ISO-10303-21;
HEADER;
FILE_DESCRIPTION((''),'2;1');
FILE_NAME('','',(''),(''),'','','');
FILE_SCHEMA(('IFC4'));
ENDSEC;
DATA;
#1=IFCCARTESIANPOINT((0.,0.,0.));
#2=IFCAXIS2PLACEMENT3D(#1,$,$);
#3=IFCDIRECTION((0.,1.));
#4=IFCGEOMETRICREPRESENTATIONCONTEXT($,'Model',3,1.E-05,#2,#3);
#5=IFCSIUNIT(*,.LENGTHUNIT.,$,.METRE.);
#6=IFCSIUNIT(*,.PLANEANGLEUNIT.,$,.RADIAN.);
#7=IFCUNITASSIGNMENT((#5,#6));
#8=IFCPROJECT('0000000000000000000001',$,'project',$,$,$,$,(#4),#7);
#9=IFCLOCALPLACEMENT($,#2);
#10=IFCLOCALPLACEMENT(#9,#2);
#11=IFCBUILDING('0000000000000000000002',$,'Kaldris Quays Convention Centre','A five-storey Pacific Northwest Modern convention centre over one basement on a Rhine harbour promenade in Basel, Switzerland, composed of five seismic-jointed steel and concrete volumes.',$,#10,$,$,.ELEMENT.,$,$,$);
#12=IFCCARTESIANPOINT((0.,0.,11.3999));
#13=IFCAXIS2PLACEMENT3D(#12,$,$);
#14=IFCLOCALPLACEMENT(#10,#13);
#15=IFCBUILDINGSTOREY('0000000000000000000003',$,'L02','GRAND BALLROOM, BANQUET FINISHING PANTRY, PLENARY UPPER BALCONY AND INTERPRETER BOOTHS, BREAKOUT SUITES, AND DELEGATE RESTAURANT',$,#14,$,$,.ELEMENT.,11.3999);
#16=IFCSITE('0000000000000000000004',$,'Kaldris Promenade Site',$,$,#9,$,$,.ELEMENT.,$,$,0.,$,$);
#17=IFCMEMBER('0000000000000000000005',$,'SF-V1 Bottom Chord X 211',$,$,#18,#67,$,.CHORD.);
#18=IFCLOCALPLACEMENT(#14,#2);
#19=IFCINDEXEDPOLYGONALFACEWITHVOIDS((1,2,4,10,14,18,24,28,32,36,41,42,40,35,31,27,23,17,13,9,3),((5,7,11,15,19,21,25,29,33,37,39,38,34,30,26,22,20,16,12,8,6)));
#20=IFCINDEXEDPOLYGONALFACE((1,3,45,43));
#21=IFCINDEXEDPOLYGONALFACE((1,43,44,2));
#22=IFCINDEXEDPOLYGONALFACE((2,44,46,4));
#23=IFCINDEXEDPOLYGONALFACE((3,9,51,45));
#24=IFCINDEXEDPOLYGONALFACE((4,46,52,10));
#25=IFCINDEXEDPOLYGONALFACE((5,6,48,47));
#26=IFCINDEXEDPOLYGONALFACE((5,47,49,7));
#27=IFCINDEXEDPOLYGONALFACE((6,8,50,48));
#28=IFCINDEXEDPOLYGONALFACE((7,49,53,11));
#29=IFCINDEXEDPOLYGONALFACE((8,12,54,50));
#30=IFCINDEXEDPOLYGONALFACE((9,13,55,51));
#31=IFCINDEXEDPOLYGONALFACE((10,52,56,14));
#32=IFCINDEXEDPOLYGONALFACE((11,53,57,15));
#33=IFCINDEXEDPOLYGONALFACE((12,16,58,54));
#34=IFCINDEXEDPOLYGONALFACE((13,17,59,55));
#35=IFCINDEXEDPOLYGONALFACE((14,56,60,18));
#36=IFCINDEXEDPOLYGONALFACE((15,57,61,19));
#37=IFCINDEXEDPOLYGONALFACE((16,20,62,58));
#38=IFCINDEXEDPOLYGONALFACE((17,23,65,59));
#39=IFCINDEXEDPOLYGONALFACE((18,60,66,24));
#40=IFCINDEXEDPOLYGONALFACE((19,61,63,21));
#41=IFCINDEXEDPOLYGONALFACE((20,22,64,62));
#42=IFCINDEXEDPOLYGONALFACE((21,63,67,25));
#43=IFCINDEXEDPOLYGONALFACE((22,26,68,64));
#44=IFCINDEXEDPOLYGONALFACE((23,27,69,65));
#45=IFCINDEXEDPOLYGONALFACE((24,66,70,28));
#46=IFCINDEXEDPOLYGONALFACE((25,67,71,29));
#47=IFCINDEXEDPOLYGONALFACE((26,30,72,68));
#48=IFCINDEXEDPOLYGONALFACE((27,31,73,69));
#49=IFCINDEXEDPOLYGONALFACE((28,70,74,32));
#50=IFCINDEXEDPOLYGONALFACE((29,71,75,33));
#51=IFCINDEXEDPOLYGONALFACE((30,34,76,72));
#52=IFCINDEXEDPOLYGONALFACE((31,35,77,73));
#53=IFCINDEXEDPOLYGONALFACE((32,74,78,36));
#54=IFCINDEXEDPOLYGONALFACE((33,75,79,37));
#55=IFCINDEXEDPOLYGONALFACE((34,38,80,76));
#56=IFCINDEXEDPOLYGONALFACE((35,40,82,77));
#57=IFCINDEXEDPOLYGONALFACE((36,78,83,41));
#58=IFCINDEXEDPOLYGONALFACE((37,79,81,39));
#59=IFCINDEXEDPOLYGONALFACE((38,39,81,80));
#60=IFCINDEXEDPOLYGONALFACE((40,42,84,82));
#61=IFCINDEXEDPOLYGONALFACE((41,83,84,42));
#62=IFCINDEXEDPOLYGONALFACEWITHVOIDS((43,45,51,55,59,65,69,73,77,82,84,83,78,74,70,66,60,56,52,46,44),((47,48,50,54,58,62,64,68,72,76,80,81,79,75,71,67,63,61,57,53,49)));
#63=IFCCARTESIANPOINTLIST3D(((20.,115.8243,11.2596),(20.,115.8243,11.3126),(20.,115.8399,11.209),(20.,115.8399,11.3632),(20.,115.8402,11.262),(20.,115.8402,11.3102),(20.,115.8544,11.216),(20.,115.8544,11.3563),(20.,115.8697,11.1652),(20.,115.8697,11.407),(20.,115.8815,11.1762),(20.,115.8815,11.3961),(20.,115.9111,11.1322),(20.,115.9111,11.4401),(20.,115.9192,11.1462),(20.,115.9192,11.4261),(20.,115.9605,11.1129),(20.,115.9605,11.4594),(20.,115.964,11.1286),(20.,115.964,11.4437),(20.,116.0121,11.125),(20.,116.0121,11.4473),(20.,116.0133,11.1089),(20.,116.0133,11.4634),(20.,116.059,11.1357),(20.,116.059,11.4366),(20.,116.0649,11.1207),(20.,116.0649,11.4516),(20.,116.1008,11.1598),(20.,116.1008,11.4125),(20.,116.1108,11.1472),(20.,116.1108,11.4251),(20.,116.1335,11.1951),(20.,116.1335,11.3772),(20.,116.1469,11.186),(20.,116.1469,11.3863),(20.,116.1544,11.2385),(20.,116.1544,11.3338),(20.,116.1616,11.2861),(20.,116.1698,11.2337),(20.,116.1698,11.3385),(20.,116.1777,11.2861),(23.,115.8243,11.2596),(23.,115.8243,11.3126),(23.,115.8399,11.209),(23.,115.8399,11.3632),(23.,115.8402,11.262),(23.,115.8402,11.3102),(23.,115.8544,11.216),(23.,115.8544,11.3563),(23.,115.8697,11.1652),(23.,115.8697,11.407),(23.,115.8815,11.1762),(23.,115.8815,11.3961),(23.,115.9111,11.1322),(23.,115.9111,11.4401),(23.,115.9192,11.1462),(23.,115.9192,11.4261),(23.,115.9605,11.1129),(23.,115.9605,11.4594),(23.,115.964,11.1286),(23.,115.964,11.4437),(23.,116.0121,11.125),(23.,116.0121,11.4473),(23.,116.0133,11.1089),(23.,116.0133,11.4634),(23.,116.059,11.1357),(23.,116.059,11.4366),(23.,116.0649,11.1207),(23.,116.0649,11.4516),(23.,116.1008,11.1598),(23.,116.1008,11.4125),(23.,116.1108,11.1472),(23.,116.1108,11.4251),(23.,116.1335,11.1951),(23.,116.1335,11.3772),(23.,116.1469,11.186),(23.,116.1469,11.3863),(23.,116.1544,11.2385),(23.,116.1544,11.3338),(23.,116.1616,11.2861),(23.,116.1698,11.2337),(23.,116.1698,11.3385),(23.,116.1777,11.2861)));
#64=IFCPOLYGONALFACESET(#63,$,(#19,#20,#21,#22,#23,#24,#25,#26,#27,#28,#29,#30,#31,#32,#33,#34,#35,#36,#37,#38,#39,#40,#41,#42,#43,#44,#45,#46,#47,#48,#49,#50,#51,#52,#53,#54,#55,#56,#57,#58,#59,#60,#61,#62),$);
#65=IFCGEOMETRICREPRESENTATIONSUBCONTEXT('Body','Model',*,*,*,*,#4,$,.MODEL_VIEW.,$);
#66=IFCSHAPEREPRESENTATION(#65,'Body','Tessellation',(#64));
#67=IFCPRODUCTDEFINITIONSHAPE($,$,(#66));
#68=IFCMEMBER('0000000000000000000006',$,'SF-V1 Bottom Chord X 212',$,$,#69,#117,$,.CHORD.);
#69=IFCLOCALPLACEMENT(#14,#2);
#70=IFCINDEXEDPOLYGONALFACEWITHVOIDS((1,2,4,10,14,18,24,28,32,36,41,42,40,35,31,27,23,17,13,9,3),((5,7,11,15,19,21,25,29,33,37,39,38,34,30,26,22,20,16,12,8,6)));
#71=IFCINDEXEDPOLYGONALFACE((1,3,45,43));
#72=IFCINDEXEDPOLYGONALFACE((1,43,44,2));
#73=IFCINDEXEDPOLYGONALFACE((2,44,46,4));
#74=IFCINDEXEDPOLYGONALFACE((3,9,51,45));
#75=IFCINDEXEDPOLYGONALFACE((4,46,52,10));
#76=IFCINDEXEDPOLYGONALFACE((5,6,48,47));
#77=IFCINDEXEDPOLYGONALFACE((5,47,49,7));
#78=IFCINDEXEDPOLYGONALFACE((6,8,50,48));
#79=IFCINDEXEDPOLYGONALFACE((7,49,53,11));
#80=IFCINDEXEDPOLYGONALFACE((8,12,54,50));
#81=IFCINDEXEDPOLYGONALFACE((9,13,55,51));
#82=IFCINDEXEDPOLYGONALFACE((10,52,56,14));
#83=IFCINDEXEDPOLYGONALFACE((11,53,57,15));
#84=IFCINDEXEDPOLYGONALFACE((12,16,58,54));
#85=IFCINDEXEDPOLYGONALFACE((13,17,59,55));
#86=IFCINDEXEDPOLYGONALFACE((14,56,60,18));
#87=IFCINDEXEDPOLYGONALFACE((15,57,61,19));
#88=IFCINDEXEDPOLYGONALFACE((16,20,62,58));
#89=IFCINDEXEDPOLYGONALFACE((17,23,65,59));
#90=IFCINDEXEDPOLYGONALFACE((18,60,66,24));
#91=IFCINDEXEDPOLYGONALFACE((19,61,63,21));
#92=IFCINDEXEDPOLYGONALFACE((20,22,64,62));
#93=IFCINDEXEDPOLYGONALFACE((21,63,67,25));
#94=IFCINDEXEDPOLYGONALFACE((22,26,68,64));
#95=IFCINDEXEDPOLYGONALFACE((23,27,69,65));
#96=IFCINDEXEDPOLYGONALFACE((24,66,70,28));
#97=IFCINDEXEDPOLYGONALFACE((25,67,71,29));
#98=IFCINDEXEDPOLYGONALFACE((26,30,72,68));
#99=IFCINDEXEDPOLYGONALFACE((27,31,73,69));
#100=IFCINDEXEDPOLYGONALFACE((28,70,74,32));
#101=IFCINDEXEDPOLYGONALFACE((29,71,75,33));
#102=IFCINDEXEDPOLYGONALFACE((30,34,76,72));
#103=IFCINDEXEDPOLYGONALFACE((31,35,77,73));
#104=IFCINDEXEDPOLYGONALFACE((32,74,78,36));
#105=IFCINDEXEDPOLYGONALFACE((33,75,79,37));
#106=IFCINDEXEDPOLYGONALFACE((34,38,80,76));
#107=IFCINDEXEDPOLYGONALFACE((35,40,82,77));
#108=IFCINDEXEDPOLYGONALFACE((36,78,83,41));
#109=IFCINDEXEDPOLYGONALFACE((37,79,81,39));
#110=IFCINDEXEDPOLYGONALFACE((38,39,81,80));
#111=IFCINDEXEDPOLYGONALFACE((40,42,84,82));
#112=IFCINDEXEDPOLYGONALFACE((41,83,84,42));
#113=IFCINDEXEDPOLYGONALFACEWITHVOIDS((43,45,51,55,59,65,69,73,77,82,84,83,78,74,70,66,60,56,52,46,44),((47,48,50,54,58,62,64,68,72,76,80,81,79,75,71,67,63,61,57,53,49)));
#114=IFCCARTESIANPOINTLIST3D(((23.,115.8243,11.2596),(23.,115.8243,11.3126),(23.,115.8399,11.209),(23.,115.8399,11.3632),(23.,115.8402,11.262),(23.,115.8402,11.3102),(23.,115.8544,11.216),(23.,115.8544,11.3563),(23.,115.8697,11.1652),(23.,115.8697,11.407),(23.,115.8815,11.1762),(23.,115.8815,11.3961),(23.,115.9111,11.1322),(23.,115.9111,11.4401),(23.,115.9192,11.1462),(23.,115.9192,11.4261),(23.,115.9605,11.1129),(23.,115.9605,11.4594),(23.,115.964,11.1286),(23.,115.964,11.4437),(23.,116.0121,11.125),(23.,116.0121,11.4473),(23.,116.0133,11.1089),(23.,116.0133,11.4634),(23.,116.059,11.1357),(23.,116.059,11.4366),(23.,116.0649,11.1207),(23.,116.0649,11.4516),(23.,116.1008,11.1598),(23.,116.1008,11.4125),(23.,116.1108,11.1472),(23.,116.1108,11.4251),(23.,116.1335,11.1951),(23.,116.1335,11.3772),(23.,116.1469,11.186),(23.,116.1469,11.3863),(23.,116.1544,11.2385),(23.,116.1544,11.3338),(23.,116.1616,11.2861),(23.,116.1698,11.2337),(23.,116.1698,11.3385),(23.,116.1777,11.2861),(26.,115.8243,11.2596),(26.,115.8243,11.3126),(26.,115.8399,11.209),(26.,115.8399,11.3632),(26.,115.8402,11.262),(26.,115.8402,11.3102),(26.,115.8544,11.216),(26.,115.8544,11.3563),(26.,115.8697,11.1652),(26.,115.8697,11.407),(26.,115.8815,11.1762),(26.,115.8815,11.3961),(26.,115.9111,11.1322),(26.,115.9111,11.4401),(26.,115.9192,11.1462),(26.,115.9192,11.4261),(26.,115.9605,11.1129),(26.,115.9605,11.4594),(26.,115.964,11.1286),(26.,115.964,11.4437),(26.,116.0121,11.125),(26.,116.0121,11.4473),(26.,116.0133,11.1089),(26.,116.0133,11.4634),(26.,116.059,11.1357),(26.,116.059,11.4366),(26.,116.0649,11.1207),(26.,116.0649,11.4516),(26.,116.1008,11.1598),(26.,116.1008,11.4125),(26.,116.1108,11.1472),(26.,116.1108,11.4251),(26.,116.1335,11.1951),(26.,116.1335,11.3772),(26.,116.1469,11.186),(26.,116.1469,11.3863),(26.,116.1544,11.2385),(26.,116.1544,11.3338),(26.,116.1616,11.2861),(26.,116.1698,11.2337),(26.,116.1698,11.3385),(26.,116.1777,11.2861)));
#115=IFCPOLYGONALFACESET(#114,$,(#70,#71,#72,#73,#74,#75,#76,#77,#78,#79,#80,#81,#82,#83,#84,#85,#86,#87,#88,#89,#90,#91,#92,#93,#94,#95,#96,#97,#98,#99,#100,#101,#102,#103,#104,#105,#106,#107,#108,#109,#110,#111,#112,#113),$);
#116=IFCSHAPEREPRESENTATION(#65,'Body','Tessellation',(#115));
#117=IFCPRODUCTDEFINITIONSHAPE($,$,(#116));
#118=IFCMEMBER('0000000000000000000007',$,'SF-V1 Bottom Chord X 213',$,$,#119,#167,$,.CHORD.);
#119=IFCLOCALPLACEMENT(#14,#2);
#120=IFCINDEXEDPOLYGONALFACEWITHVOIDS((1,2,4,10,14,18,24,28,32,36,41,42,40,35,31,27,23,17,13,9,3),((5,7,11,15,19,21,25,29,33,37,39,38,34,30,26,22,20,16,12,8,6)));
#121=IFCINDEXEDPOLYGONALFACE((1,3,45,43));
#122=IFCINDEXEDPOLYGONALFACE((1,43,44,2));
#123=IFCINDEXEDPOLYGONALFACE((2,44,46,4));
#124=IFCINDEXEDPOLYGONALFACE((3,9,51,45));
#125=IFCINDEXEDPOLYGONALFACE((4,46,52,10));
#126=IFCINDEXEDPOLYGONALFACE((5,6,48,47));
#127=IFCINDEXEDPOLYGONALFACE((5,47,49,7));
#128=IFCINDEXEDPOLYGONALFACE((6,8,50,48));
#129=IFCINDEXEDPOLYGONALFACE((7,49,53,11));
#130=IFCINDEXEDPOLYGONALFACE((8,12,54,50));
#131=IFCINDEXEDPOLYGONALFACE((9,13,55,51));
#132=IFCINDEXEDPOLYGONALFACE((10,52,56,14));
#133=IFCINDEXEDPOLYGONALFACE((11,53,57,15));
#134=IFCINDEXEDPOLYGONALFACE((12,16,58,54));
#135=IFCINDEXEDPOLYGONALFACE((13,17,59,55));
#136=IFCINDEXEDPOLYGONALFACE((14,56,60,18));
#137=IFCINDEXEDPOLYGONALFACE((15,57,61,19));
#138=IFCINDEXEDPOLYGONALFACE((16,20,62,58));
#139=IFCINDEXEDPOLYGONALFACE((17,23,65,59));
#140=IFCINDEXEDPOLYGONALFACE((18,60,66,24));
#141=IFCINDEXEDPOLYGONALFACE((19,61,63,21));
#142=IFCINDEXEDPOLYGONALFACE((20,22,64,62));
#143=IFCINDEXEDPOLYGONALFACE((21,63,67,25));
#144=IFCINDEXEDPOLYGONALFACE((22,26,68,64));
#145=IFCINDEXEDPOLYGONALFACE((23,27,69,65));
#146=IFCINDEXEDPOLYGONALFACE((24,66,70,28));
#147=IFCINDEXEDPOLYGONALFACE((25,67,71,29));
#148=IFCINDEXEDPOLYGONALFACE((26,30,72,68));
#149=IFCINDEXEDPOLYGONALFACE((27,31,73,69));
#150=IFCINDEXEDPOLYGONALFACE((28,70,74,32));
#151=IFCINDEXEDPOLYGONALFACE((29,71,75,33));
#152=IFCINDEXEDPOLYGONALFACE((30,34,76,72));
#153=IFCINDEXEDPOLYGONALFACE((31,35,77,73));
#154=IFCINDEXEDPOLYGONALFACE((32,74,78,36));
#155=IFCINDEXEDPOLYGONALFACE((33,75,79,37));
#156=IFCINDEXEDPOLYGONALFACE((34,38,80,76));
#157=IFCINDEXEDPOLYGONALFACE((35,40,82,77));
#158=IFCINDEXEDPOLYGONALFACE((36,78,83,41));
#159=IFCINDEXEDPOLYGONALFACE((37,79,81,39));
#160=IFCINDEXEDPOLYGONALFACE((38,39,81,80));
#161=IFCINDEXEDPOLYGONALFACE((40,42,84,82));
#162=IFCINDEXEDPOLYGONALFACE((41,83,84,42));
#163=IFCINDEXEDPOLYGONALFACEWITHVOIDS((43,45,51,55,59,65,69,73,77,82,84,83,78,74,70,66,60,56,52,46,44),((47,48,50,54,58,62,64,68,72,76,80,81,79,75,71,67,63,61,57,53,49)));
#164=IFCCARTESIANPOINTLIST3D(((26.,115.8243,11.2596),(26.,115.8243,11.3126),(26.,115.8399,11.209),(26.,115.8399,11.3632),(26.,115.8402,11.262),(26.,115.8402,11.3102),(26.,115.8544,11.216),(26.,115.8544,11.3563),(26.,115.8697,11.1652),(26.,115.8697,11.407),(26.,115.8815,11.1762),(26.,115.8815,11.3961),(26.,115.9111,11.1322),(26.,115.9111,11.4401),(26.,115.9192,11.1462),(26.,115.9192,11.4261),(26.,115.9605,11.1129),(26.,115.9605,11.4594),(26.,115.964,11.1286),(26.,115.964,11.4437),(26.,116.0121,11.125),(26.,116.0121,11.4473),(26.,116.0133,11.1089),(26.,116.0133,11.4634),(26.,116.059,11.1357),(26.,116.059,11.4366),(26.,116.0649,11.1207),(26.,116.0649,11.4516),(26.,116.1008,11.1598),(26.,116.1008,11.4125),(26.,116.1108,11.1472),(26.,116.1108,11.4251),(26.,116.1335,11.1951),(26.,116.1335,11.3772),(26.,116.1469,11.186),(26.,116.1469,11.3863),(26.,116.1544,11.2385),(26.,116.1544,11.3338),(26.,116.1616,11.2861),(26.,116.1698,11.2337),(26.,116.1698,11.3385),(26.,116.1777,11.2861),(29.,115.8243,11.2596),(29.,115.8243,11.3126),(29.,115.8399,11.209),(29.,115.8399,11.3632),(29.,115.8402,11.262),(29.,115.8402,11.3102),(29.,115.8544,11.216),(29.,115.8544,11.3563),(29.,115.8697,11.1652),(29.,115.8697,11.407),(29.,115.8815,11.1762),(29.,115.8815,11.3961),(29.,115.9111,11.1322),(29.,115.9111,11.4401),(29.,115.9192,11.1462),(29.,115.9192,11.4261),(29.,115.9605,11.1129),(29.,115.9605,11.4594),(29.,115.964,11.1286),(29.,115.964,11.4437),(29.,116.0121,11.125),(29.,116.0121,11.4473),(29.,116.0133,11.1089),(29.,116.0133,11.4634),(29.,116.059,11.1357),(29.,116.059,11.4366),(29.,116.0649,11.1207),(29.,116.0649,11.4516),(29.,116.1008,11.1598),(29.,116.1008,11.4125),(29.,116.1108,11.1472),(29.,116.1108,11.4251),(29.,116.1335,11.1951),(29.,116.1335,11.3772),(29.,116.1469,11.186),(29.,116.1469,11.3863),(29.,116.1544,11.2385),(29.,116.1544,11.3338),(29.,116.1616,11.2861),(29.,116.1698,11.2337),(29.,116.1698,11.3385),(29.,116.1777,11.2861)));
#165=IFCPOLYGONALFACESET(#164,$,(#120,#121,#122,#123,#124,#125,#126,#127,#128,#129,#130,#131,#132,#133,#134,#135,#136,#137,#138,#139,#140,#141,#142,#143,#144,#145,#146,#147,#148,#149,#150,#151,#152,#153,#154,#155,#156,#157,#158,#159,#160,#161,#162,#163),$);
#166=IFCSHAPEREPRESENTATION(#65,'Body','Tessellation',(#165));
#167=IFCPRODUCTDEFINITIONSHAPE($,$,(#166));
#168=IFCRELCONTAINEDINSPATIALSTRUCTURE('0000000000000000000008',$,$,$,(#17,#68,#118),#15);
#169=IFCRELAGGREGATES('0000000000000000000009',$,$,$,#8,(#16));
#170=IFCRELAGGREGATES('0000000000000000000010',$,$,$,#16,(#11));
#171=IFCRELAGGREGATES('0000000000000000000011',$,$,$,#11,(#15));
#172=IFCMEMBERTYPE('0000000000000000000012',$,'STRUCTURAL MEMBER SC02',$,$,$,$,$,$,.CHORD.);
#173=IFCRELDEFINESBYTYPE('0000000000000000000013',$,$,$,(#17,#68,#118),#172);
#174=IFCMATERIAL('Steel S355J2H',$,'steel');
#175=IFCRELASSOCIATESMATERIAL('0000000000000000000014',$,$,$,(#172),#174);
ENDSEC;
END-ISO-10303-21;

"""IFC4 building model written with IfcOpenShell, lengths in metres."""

from ifc_helpers import new_model, si_unit, direction, frame, origin, origin_2d, place, context, subcontext, project, spatial, hollow_circle, extrude, material, material_profile, profile_set, type_object, element, save


model = new_model("IFC4")

# Units and contexts
model_context = context("Model", 3, precision=1e-05, world=origin(), true_north=direction((0.0, 1.0)))
body_context = subcontext(model_context, "Body", "Model", "MODEL_VIEW")
ifc_project = project(units=[si_unit("LENGTHUNIT", "METRE"), si_unit("PLANEANGLEUNIT", "RADIAN")], contexts=[model_context])

# Site, building, storey
site_placement = place(None, origin())
site = spatial("IfcSite", under=ifc_project, at=site_placement, Name="Kaldris Promenade Site", CompositionType="ELEMENT", RefElevation=0.0)
building_placement = place(site_placement, origin())
building = spatial("IfcBuilding", under=site, at=building_placement, Name="Kaldris Quays Convention Centre", Description="A five-storey Pacific Northwest Modern convention centre over one basement on a Rhine harbour promenade in Basel, Switzerland, composed of five seismic-jointed steel and concrete volumes.", CompositionType="ELEMENT")
storey_placement = place(building_placement, frame((0.0, 0.0, 11.3999)))
storey = spatial("IfcBuildingStorey", under=building, at=storey_placement, Name="L02", Description="GRAND BALLROOM, BANQUET FINISHING PANTRY, PLENARY UPPER BALCONY AND INTERPRETER BOOTHS, BREAKOUT SUITES, AND DELEGATE RESTAURANT", CompositionType="ELEMENT", Elevation=11.3999)

# Members
ifc_material_1 = material(Name="Steel S355J2H", Category="steel")
ifc_material_profile_1 = material_profile(ifc_material_1, hollow_circle(Radius=0.1777, WallThickness=0.0161, at=origin_2d()), Name="CHS 355.6x16")
ifc_profile_set_1 = profile_set([ifc_material_profile_1], Name="Steel S355J2H")
member_type_1 = type_object("IfcMemberType", Name="STRUCTURAL MEMBER SC02", PredefinedType="CHORD", material=ifc_profile_set_1)
for number, where, z_axis, x_axis, name in (
    (1, (20.0, 116.0, 11.2861), (1.0, 0.0, 0.0), (0.0, 1.0, 0.0), "SF-V1 Bottom Chord X 211"),
    (2, (23.0, 116.0, 11.2861), (1.0, 0.0, 0.0), (0.0, 1.0, 0.0), "SF-V1 Bottom Chord X 212"),
    (3, (26.0, 116.0, 11.2861), (1.0, 0.0, 0.0), (0.0, 1.0, 0.0), "SF-V1 Bottom Chord X 213"),
):
    element("IfcMember", number, at=place(storey_placement, frame(where, z_axis=z_axis, x_axis=x_axis)), inside=storey, type_object=member_type_1, Name=name, PredefinedType="CHORD", context=body_context, shape_type="SweptSolid", body=[
        extrude(hollow_circle(Radius=0.1777, WallThickness=0.0161, at=origin_2d()), origin(), (0.0, 0.0, 1.0), 3.0),
    ])

save(model, "model.ifc")
